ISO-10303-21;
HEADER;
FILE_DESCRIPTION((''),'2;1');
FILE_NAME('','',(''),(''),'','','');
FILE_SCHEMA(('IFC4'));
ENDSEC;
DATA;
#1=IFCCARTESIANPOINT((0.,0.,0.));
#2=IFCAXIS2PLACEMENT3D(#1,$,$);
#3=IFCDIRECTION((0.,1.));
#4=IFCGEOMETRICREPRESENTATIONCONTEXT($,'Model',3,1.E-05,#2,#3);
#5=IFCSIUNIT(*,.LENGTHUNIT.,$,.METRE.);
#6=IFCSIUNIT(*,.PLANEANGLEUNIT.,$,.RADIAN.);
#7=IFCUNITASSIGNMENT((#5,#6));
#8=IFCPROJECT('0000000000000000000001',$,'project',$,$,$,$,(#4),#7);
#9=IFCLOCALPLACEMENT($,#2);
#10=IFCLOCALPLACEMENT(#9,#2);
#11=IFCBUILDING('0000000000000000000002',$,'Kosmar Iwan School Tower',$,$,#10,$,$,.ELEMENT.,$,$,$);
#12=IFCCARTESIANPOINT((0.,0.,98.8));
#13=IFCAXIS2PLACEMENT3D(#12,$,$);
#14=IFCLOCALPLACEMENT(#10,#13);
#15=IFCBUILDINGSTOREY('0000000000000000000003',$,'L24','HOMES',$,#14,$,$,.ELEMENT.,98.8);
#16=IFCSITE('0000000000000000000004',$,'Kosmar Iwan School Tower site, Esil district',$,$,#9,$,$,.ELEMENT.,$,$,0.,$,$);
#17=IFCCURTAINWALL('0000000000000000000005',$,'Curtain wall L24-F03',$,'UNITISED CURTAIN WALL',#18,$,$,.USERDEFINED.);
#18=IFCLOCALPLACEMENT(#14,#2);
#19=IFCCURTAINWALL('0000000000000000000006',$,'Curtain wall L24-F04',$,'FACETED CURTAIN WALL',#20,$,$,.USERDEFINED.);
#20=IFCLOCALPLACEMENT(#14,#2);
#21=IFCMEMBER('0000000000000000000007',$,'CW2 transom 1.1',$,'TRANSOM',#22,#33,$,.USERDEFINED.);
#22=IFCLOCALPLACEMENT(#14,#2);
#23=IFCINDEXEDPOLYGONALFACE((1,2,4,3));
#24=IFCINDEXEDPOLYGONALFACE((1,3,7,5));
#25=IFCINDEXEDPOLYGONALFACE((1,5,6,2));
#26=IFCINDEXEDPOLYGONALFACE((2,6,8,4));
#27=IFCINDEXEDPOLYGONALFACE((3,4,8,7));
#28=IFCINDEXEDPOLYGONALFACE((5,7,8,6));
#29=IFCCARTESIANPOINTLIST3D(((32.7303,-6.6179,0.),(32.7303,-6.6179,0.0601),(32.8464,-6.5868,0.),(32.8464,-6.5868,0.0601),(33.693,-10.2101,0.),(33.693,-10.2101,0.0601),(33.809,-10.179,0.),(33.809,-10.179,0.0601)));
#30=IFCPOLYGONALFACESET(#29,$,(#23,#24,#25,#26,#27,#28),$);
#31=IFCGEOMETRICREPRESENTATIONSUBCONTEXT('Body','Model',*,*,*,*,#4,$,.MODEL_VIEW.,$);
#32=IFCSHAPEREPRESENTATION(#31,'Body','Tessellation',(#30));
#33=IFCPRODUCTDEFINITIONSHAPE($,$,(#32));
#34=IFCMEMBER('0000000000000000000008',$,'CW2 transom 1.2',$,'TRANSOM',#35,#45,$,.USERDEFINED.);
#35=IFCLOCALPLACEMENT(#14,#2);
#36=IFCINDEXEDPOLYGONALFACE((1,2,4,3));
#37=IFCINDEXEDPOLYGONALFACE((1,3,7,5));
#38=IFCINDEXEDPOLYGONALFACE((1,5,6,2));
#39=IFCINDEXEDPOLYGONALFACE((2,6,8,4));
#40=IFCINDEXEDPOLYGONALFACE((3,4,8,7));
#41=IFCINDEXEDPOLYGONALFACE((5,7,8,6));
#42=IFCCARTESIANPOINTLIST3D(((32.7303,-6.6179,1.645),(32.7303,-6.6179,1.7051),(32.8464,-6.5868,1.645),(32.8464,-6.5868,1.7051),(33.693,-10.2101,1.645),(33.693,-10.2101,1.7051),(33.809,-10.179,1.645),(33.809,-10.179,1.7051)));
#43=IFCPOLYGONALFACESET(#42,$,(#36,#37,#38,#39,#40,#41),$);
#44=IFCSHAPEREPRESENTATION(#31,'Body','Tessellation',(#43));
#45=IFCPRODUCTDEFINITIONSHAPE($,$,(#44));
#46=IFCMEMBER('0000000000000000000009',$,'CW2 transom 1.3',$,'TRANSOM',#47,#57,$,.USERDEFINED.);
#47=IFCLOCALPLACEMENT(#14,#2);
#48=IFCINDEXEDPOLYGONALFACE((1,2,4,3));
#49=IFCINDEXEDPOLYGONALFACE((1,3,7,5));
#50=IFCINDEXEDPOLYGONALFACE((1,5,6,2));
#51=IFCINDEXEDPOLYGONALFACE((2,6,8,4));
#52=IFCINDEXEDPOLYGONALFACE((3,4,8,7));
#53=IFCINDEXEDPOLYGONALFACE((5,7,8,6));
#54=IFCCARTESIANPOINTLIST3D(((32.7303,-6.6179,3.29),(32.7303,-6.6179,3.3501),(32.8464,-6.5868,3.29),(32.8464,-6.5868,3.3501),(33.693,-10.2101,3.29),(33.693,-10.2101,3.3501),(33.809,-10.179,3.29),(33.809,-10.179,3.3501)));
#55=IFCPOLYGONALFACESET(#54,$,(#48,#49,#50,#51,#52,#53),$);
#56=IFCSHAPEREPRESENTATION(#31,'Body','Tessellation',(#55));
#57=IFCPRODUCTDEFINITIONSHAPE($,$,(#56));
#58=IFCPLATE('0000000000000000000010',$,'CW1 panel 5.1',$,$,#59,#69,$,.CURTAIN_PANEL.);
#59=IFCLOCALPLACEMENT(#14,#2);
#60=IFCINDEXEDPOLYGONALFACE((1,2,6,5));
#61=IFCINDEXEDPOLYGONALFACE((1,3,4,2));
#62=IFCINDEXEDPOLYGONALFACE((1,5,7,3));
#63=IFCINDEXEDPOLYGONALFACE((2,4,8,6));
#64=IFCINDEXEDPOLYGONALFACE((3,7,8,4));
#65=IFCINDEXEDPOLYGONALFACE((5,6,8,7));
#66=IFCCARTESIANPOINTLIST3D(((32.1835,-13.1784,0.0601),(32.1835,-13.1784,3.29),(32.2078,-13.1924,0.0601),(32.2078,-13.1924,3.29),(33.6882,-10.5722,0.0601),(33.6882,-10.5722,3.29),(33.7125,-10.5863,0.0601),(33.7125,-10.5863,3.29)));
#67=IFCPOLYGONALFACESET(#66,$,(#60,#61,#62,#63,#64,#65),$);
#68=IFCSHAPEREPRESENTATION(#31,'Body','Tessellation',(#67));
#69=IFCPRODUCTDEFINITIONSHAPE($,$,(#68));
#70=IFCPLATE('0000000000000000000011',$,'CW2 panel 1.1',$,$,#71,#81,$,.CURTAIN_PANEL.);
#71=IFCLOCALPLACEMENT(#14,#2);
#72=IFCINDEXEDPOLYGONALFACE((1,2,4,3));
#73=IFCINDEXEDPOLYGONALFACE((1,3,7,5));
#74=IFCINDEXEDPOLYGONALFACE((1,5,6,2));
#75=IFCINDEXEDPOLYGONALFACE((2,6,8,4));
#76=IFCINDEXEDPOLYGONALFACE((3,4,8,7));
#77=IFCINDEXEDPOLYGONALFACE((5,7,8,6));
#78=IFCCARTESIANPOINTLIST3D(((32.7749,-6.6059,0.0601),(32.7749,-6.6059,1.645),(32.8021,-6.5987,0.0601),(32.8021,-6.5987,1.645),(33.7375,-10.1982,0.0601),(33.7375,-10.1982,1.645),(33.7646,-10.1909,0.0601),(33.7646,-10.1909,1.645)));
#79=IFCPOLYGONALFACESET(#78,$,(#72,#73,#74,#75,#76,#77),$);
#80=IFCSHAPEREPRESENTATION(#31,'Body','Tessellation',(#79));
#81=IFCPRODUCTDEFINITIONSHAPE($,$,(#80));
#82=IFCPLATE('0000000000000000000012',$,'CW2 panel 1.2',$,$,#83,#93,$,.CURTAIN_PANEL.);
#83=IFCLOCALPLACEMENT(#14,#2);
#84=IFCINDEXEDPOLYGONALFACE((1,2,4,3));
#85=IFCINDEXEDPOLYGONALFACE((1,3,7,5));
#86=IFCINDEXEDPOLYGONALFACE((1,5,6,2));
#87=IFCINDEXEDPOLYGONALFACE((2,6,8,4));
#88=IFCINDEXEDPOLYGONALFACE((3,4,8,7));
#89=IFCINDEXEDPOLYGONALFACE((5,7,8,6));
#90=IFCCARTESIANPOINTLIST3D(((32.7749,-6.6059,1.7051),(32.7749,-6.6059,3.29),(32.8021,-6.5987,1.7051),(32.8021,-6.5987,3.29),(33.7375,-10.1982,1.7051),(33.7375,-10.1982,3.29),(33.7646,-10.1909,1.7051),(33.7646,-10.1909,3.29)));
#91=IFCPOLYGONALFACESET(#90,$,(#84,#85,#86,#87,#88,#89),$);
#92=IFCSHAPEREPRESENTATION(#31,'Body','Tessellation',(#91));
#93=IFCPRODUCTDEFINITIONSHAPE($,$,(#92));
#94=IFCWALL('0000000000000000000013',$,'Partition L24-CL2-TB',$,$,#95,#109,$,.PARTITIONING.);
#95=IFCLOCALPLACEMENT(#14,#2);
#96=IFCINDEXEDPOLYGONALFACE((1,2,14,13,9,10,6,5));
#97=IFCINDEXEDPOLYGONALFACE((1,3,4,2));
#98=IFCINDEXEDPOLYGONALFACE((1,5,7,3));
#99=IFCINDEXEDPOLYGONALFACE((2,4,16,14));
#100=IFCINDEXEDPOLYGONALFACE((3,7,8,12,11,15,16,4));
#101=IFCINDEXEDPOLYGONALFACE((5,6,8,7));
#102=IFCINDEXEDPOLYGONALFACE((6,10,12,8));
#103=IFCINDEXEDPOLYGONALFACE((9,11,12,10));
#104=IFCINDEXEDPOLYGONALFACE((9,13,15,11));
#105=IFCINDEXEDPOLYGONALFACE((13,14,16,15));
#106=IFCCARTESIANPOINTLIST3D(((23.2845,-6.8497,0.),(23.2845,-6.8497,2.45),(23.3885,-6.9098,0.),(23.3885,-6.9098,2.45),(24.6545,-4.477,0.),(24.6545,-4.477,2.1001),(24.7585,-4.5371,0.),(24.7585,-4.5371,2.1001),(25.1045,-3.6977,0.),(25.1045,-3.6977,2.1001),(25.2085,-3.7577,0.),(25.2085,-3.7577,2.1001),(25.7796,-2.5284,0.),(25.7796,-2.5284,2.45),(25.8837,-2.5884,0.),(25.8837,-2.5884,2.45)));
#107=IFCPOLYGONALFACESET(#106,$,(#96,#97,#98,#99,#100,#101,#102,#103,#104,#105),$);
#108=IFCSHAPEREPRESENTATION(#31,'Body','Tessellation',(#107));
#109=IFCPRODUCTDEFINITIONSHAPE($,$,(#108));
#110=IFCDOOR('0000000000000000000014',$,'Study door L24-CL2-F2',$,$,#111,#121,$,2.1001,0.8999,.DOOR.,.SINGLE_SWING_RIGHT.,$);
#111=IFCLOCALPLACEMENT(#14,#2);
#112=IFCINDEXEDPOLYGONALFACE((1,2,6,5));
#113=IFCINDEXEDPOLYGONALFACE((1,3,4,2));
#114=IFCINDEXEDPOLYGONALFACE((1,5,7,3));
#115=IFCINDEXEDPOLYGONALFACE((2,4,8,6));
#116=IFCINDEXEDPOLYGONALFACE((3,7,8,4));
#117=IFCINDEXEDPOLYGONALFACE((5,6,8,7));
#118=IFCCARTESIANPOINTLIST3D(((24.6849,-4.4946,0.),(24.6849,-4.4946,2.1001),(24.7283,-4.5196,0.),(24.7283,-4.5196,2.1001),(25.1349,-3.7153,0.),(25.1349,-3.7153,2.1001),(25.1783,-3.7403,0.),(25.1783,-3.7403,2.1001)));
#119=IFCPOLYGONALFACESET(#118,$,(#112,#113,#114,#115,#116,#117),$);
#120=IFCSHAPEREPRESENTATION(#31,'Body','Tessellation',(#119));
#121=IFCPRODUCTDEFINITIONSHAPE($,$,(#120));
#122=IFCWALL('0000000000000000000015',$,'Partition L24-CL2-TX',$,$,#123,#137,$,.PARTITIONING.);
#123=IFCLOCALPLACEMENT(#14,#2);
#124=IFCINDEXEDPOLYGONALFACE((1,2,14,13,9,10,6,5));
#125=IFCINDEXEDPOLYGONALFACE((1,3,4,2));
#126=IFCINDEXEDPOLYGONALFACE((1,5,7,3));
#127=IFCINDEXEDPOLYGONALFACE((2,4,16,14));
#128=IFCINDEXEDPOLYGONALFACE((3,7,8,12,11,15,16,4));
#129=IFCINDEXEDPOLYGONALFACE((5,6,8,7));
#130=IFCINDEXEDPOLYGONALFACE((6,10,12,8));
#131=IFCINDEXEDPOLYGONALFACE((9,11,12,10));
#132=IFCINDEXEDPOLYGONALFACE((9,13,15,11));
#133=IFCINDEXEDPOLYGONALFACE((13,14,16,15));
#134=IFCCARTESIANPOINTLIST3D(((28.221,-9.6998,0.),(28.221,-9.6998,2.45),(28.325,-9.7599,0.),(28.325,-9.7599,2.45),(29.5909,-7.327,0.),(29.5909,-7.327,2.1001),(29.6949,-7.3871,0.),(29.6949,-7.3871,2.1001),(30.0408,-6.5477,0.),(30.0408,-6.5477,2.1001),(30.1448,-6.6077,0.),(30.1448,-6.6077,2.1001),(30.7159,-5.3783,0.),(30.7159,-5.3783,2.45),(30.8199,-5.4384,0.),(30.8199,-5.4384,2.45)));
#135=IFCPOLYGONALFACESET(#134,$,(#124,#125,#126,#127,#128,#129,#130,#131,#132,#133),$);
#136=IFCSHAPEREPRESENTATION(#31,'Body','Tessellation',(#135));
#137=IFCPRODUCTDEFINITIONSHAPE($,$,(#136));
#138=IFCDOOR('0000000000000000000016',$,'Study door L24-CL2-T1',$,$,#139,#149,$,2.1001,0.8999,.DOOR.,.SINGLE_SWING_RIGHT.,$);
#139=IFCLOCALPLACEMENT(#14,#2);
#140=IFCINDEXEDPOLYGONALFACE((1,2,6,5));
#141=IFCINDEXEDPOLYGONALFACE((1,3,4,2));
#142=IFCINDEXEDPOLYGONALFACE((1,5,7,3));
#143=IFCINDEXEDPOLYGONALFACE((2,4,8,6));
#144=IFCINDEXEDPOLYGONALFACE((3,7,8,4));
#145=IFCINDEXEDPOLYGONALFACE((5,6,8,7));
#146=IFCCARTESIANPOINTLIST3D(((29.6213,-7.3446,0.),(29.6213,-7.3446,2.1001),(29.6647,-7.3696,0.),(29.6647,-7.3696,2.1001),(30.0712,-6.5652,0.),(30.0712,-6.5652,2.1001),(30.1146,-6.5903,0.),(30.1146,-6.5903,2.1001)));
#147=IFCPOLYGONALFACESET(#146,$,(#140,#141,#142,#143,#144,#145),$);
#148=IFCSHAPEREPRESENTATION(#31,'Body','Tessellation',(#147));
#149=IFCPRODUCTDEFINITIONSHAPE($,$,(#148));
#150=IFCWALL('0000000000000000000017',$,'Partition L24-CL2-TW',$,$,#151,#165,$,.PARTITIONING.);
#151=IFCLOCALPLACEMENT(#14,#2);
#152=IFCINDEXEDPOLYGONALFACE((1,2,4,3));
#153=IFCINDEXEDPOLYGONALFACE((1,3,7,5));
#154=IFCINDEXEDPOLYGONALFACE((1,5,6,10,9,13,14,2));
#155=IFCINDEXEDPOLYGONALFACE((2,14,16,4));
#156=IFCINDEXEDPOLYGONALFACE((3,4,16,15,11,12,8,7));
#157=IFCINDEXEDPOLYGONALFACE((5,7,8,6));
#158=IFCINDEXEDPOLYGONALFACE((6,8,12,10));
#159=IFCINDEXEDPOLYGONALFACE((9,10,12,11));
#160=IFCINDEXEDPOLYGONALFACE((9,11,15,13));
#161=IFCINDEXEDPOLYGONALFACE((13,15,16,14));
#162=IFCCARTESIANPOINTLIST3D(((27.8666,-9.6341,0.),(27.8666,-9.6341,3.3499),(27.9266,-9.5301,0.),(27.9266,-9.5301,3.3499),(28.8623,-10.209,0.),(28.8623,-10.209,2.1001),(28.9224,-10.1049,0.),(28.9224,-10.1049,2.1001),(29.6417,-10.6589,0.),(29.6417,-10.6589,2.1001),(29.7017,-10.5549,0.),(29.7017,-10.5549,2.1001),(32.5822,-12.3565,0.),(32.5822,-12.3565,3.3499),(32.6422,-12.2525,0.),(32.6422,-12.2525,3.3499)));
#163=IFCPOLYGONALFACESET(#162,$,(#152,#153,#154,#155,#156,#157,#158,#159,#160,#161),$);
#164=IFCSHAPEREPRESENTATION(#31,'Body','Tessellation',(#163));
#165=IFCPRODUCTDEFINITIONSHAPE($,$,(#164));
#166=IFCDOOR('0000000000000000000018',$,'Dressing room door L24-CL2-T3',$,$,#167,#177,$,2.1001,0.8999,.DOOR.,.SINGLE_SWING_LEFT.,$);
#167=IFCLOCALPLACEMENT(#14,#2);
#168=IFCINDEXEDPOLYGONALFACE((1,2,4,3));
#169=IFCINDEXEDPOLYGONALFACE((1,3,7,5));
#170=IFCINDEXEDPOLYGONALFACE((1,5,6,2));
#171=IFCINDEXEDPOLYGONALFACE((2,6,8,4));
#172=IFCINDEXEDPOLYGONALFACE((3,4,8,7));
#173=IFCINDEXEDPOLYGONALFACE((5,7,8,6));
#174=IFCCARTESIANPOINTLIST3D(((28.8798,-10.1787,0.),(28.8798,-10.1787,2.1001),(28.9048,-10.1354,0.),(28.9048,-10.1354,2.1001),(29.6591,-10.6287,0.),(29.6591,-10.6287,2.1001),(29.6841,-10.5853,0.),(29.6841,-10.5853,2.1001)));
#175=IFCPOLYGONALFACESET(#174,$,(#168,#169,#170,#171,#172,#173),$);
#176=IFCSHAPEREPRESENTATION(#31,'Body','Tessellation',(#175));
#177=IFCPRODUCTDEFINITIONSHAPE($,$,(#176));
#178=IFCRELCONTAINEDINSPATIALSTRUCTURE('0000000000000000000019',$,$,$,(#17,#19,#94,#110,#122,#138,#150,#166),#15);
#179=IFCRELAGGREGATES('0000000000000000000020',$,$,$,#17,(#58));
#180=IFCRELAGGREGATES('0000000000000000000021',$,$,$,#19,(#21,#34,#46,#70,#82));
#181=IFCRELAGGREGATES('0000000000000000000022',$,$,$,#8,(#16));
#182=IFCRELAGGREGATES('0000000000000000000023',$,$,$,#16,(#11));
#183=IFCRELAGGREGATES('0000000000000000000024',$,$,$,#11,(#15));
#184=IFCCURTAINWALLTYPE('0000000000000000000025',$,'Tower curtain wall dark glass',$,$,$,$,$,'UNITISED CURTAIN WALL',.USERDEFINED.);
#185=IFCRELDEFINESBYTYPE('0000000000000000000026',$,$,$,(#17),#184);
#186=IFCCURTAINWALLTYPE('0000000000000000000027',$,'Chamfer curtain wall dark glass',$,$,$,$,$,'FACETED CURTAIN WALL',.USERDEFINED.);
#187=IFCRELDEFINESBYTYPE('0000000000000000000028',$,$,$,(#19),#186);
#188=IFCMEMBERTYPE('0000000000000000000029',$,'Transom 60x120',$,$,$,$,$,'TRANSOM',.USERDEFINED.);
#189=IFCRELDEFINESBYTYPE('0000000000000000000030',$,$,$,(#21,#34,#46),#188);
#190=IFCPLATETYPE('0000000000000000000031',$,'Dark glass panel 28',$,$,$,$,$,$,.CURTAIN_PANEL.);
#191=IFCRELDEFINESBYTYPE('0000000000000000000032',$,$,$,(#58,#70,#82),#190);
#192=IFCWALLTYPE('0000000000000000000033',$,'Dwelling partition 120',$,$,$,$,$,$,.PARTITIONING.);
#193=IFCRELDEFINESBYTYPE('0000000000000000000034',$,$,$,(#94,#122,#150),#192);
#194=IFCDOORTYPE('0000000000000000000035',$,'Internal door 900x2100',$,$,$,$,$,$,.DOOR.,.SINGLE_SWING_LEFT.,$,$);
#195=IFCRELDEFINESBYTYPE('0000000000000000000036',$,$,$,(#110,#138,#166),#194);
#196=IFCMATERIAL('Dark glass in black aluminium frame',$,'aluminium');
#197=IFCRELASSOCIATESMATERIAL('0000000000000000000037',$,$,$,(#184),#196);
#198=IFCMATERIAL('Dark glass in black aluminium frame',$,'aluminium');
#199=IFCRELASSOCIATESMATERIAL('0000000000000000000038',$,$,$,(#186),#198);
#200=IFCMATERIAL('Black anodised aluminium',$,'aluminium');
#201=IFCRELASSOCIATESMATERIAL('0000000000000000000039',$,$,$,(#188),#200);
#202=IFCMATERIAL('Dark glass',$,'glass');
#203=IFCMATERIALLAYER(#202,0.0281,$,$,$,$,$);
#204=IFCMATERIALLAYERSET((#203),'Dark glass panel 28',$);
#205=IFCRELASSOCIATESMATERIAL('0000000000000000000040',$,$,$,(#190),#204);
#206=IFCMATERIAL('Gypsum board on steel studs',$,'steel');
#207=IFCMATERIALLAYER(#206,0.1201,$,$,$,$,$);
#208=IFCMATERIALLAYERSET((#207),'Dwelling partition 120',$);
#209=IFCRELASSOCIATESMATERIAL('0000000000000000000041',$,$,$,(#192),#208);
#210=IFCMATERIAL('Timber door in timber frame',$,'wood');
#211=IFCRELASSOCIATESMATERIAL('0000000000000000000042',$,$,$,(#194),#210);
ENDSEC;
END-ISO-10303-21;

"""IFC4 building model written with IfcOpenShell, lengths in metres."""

from ifc_helpers import new_model, si_unit, direction, frame, frame_2d, origin, origin_2d, place, context, subcontext, project, spatial, rectangle, extrude, material, layer, layer_set, material_profile, profile_set, type_object, element, fill, aggregate, save


model = new_model("IFC4")

# Units and contexts
model_context = context("Model", 3, precision=1e-05, world=origin(), true_north=direction((0.0, 1.0)))
body_context = subcontext(model_context, "Body", "Model", "MODEL_VIEW")
ifc_project = project(units=[si_unit("LENGTHUNIT", "METRE"), si_unit("PLANEANGLEUNIT", "RADIAN")], contexts=[model_context])

# Site, building, storey
site_placement = place(None, origin())
site = spatial("IfcSite", under=ifc_project, at=site_placement, Name="Kosmar Iwan School Tower site, Esil district", CompositionType="ELEMENT", RefElevation=0.0)
building_placement = place(site_placement, origin())
building = spatial("IfcBuilding", under=site, at=building_placement, Name="Kosmar Iwan School Tower", CompositionType="ELEMENT")
storey_placement = place(building_placement, frame((0.0, 0.0, 98.8)))
storey = spatial("IfcBuildingStorey", under=building, at=storey_placement, Name="L24", Description="HOMES", CompositionType="ELEMENT", Elevation=98.8)

# Curtain wall
ifc_material_1 = material(Name="Dark glass in black aluminium frame", Category="aluminium")
curtain_wall_type_1 = type_object("IfcCurtainWallType", Name="Tower curtain wall dark glass", ElementType="UNITISED CURTAIN WALL", PredefinedType="USERDEFINED", material=ifc_material_1)
curtain_wall_1_placement = place(storey_placement, origin())
curtain_wall_1 = element("IfcCurtainWall", 1, at=curtain_wall_1_placement, inside=storey, type_object=curtain_wall_type_1, Name="Curtain wall L24-F03", ObjectType="UNITISED CURTAIN WALL", PredefinedType="USERDEFINED")

# Curtain wall
ifc_material_2 = material(Name="Dark glass in black aluminium frame", Category="aluminium")
curtain_wall_type_2 = type_object("IfcCurtainWallType", Name="Chamfer curtain wall dark glass", ElementType="FACETED CURTAIN WALL", PredefinedType="USERDEFINED", material=ifc_material_2)
curtain_wall_2_placement = place(storey_placement, origin())
curtain_wall_2 = element("IfcCurtainWall", 2, at=curtain_wall_2_placement, inside=storey, type_object=curtain_wall_type_2, Name="Curtain wall L24-F04", ObjectType="FACETED CURTAIN WALL", PredefinedType="USERDEFINED")

# Members
ifc_material_3 = material(Name="Black anodised aluminium", Category="aluminium")
ifc_material_profile_1 = material_profile(ifc_material_3, rectangle(XDim=0.1201, YDim=0.0601, at=origin_2d()), Name="TRANSOM 60x120")
ifc_profile_set_1 = profile_set([ifc_material_profile_1], Name="Black anodised aluminium")
member_type_1 = type_object("IfcMemberType", Name="Transom 60x120", ElementType="TRANSOM", PredefinedType="USERDEFINED", material=ifc_profile_set_1)
member_1_placement = place(storey_placement, frame((33.751, -10.1946, 0.03), z_axis=(-0.258843, 0.965919, 0.0), x_axis=(-0.965919, -0.258843, 0.0)))
member_1 = element("IfcMember", 3, at=member_1_placement, type_object=member_type_1, Name="CW2 transom 1.1", ObjectType="TRANSOM", PredefinedType="USERDEFINED", context=body_context, shape_type="SweptSolid", body=[
    extrude(rectangle(XDim=0.1201, YDim=0.0601, at=origin_2d()), origin(), (0.0, 0.0, 1.0), 3.719),
])
member_2_placement = place(storey_placement, frame((33.751, -10.1946, 1.675), z_axis=(-0.258843, 0.965919, 0.0), x_axis=(-0.965919, -0.258843, 0.0)))
member_2 = element("IfcMember", 4, at=member_2_placement, type_object=member_type_1, Name="CW2 transom 1.2", ObjectType="TRANSOM", PredefinedType="USERDEFINED", context=body_context, shape_type="SweptSolid", body=[
    extrude(rectangle(XDim=0.1201, YDim=0.0601, at=origin_2d()), origin(), (0.0, 0.0, 1.0), 3.719),
])
member_3_placement = place(storey_placement, frame((33.751, -10.1946, 3.3201), z_axis=(-0.258843, 0.965919, 0.0), x_axis=(-0.965919, -0.258843, 0.0)))
member_3 = element("IfcMember", 5, at=member_3_placement, type_object=member_type_1, Name="CW2 transom 1.3", ObjectType="TRANSOM", PredefinedType="USERDEFINED", context=body_context, shape_type="SweptSolid", body=[
    extrude(rectangle(XDim=0.1201, YDim=0.0601, at=origin_2d()), origin(), (0.0, 0.0, 1.0), 3.719),
])

# Plates
ifc_material_4 = material(Name="Dark glass", Category="glass")
ifc_layer_1 = layer(ifc_material_4, 0.0281)
ifc_layer_set_1 = layer_set([ifc_layer_1], Name="Dark glass panel 28")
plate_type = type_object("IfcPlateType", Name="Dark glass panel 28", PredefinedType="CURTAIN_PANEL", material=ifc_layer_set_1)
plate_1_placement = place(storey_placement, frame((32.948, -11.8823, 0.0601), z_axis=(0.0, 0.0, 1.0), x_axis=(0.5, 0.866025, 0.0)))
plate_1 = element("IfcPlate", 6, at=plate_1_placement, type_object=plate_type, Name="CW1 panel 5.1", PredefinedType="CURTAIN_PANEL", context=body_context, shape_type="SweptSolid", body=[
    extrude(rectangle(XDim=3.0093, YDim=0.0281, at=origin_2d()), origin(), (0.0, 0.0, 1.0), 3.23),
])
aggregate(curtain_wall_1, [plate_1])
plate_2_placement = place(storey_placement, frame((33.2698, -8.3984, 0.0601), z_axis=(0.0, 0.0, 1.0), x_axis=(-0.258819, 0.965926, 0.0)))
plate_2 = element("IfcPlate", 7, at=plate_2_placement, type_object=plate_type, Name="CW2 panel 1.1", PredefinedType="CURTAIN_PANEL", context=body_context, shape_type="SweptSolid", body=[
    extrude(rectangle(XDim=3.719, YDim=0.0281, at=origin_2d()), origin(), (0.0, 0.0, 1.0), 1.585),
])
plate_3_placement = place(storey_placement, frame((33.2698, -8.3984, 1.7051), z_axis=(0.0, 0.0, 1.0), x_axis=(-0.258819, 0.965926, 0.0)))
plate_3 = element("IfcPlate", 8, at=plate_3_placement, type_object=plate_type, Name="CW2 panel 1.2", PredefinedType="CURTAIN_PANEL", context=body_context, shape_type="SweptSolid", body=[
    extrude(rectangle(XDim=3.719, YDim=0.0281, at=origin_2d()), origin(), (0.0, 0.0, 1.0), 1.585),
])
aggregate(curtain_wall_2, [member_1, member_2, member_3, plate_2, plate_3])

# Walls, openings, doors
ifc_material_5 = material(Name="Gypsum board on steel studs", Category="steel")
ifc_layer_2 = layer(ifc_material_5, 0.1201)
ifc_layer_set_2 = layer_set([ifc_layer_2], Name="Dwelling partition 120")
wall_type_1 = type_object("IfcWallType", Name="Dwelling partition 120", PredefinedType="PARTITIONING", material=ifc_layer_set_2)
wall_1_placement = place(storey_placement, frame((23.3364, -6.8799, 0.0), z_axis=(0.0, 0.0, 1.0), x_axis=(0.500033, 0.866006, 0.0)))
wall_1 = element("IfcWall", 9, at=wall_1_placement, inside=storey, type_object=wall_type_1, Name="Partition L24-CL2-TB", PredefinedType="PARTITIONING", context=body_context, shape_type="SweptSolid", body=[
    extrude(rectangle(XDim=4.99, YDim=0.1201, at=frame_2d((2.4951, 0.0))), origin(), (0.0, 0.0, 1.0), 2.45),
])
opening_1_placement = place(wall_1_placement, frame((2.74, 0.0, 0.0)))
opening_1 = element("IfcOpeningElement", 10, at=opening_1_placement, cuts=wall_1, PredefinedType="OPENING", context=body_context, shape_type="SweptSolid", body=[
    extrude(rectangle(XDim=0.8999, YDim=2.1001, at=frame_2d((0.45, 1.05))), frame((0.0, 0.072, 0.0), z_axis=(0.0, -1.0, 0.0), x_axis=(1.0, 0.0, 0.0)), (0.0, 0.0, 1.0), 0.144),
])
ifc_material_6 = material(Name="Timber door in timber frame", Category="wood")
door_type = type_object("IfcDoorType", Name="Internal door 900x2100", OperationType="SINGLE_SWING_LEFT", PredefinedType="DOOR", material=ifc_material_6)
door_1_placement = place(opening_1_placement, origin())
door_1 = element("IfcDoor", 11, at=door_1_placement, inside=storey, type_object=door_type, Name="Study door L24-CL2-F2", OperationType="SINGLE_SWING_RIGHT", OverallHeight=2.1001, OverallWidth=0.8999, PredefinedType="DOOR", context=body_context, shape_type="SweptSolid", body=[
    extrude(rectangle(XDim=0.8999, YDim=2.1001, at=frame_2d((0.45, 1.05))), frame((0.0, 0.0249, 0.0), z_axis=(0.0, -1.0, 0.0), x_axis=(1.0, 0.0, 0.0)), (0.0, 0.0, 1.0), 0.05),
])
fill(opening_1, door_1)
wall_2_placement = place(storey_placement, frame((28.2729, -9.73, 0.0), z_axis=(0.0, 0.0, 1.0), x_axis=(0.499975, 0.86604, 0.0)))
wall_2 = element("IfcWall", 12, at=wall_2_placement, inside=storey, type_object=wall_type_1, Name="Partition L24-CL2-TX", PredefinedType="PARTITIONING", context=body_context, shape_type="SweptSolid", body=[
    extrude(rectangle(XDim=4.99, YDim=0.1201, at=frame_2d((2.4951, 0.0))), origin(), (0.0, 0.0, 1.0), 2.45),
])
opening_2_placement = place(wall_2_placement, frame((2.74, 0.0, 0.0)))
opening_2 = element("IfcOpeningElement", 13, at=opening_2_placement, cuts=wall_2, PredefinedType="OPENING", context=body_context, shape_type="SweptSolid", body=[
    extrude(rectangle(XDim=0.8999, YDim=2.1001, at=frame_2d((0.45, 1.05))), frame((0.0, 0.072, 0.0), z_axis=(0.0, -1.0, 0.0), x_axis=(1.0, 0.0, 0.0)), (0.0, 0.0, 1.0), 0.144),
])
door_2_placement = place(opening_2_placement, origin())
door_2 = element("IfcDoor", 14, at=door_2_placement, inside=storey, type_object=door_type, Name="Study door L24-CL2-T1", OperationType="SINGLE_SWING_RIGHT", OverallHeight=2.1001, OverallWidth=0.8999, PredefinedType="DOOR", context=body_context, shape_type="SweptSolid", body=[
    extrude(rectangle(XDim=0.8999, YDim=2.1001, at=frame_2d((0.45, 1.05))), frame((0.0, 0.0249, 0.0), z_axis=(0.0, -1.0, 0.0), x_axis=(1.0, 0.0, 0.0)), (0.0, 0.0, 1.0), 0.05),
])
fill(opening_2, door_2)
wall_3_placement = place(storey_placement, frame((27.8965, -9.582, 0.0), z_axis=(0.0, 0.0, 1.0), x_axis=(0.866036, -0.499982, 0.0)))
wall_3 = element("IfcWall", 15, at=wall_3_placement, inside=storey, type_object=wall_type_1, Name="Partition L24-CL2-TW", PredefinedType="PARTITIONING", context=body_context, shape_type="SweptSolid", body=[
    extrude(rectangle(XDim=5.4451, YDim=0.1201, at=frame_2d((2.7227, 0.0))), origin(), (0.0, 0.0, 1.0), 3.3499),
])
opening_3_placement = place(wall_3_placement, frame((1.1499, 0.0, 0.0)))
opening_3 = element("IfcOpeningElement", 16, at=opening_3_placement, cuts=wall_3, PredefinedType="OPENING", context=body_context, shape_type="SweptSolid", body=[
    extrude(rectangle(XDim=0.8999, YDim=2.1001, at=frame_2d((0.45, 1.05))), frame((0.0, 0.072, 0.0), z_axis=(0.0, -1.0, 0.0), x_axis=(1.0, 0.0, 0.0)), (0.0, 0.0, 1.0), 0.144),
])
door_3_placement = place(opening_3_placement, origin())
door_3 = element("IfcDoor", 17, at=door_3_placement, inside=storey, type_object=door_type, Name="Dressing room door L24-CL2-T3", OperationType="SINGLE_SWING_LEFT", OverallHeight=2.1001, OverallWidth=0.8999, PredefinedType="DOOR", context=body_context, shape_type="SweptSolid", body=[
    extrude(rectangle(XDim=0.8999, YDim=2.1001, at=frame_2d((0.45, 1.05))), frame((0.0, 0.0249, 0.0), z_axis=(0.0, -1.0, 0.0), x_axis=(1.0, 0.0, 0.0)), (0.0, 0.0, 1.0), 0.05),
])
fill(opening_3, door_3)

save(model, "model.ifc")
